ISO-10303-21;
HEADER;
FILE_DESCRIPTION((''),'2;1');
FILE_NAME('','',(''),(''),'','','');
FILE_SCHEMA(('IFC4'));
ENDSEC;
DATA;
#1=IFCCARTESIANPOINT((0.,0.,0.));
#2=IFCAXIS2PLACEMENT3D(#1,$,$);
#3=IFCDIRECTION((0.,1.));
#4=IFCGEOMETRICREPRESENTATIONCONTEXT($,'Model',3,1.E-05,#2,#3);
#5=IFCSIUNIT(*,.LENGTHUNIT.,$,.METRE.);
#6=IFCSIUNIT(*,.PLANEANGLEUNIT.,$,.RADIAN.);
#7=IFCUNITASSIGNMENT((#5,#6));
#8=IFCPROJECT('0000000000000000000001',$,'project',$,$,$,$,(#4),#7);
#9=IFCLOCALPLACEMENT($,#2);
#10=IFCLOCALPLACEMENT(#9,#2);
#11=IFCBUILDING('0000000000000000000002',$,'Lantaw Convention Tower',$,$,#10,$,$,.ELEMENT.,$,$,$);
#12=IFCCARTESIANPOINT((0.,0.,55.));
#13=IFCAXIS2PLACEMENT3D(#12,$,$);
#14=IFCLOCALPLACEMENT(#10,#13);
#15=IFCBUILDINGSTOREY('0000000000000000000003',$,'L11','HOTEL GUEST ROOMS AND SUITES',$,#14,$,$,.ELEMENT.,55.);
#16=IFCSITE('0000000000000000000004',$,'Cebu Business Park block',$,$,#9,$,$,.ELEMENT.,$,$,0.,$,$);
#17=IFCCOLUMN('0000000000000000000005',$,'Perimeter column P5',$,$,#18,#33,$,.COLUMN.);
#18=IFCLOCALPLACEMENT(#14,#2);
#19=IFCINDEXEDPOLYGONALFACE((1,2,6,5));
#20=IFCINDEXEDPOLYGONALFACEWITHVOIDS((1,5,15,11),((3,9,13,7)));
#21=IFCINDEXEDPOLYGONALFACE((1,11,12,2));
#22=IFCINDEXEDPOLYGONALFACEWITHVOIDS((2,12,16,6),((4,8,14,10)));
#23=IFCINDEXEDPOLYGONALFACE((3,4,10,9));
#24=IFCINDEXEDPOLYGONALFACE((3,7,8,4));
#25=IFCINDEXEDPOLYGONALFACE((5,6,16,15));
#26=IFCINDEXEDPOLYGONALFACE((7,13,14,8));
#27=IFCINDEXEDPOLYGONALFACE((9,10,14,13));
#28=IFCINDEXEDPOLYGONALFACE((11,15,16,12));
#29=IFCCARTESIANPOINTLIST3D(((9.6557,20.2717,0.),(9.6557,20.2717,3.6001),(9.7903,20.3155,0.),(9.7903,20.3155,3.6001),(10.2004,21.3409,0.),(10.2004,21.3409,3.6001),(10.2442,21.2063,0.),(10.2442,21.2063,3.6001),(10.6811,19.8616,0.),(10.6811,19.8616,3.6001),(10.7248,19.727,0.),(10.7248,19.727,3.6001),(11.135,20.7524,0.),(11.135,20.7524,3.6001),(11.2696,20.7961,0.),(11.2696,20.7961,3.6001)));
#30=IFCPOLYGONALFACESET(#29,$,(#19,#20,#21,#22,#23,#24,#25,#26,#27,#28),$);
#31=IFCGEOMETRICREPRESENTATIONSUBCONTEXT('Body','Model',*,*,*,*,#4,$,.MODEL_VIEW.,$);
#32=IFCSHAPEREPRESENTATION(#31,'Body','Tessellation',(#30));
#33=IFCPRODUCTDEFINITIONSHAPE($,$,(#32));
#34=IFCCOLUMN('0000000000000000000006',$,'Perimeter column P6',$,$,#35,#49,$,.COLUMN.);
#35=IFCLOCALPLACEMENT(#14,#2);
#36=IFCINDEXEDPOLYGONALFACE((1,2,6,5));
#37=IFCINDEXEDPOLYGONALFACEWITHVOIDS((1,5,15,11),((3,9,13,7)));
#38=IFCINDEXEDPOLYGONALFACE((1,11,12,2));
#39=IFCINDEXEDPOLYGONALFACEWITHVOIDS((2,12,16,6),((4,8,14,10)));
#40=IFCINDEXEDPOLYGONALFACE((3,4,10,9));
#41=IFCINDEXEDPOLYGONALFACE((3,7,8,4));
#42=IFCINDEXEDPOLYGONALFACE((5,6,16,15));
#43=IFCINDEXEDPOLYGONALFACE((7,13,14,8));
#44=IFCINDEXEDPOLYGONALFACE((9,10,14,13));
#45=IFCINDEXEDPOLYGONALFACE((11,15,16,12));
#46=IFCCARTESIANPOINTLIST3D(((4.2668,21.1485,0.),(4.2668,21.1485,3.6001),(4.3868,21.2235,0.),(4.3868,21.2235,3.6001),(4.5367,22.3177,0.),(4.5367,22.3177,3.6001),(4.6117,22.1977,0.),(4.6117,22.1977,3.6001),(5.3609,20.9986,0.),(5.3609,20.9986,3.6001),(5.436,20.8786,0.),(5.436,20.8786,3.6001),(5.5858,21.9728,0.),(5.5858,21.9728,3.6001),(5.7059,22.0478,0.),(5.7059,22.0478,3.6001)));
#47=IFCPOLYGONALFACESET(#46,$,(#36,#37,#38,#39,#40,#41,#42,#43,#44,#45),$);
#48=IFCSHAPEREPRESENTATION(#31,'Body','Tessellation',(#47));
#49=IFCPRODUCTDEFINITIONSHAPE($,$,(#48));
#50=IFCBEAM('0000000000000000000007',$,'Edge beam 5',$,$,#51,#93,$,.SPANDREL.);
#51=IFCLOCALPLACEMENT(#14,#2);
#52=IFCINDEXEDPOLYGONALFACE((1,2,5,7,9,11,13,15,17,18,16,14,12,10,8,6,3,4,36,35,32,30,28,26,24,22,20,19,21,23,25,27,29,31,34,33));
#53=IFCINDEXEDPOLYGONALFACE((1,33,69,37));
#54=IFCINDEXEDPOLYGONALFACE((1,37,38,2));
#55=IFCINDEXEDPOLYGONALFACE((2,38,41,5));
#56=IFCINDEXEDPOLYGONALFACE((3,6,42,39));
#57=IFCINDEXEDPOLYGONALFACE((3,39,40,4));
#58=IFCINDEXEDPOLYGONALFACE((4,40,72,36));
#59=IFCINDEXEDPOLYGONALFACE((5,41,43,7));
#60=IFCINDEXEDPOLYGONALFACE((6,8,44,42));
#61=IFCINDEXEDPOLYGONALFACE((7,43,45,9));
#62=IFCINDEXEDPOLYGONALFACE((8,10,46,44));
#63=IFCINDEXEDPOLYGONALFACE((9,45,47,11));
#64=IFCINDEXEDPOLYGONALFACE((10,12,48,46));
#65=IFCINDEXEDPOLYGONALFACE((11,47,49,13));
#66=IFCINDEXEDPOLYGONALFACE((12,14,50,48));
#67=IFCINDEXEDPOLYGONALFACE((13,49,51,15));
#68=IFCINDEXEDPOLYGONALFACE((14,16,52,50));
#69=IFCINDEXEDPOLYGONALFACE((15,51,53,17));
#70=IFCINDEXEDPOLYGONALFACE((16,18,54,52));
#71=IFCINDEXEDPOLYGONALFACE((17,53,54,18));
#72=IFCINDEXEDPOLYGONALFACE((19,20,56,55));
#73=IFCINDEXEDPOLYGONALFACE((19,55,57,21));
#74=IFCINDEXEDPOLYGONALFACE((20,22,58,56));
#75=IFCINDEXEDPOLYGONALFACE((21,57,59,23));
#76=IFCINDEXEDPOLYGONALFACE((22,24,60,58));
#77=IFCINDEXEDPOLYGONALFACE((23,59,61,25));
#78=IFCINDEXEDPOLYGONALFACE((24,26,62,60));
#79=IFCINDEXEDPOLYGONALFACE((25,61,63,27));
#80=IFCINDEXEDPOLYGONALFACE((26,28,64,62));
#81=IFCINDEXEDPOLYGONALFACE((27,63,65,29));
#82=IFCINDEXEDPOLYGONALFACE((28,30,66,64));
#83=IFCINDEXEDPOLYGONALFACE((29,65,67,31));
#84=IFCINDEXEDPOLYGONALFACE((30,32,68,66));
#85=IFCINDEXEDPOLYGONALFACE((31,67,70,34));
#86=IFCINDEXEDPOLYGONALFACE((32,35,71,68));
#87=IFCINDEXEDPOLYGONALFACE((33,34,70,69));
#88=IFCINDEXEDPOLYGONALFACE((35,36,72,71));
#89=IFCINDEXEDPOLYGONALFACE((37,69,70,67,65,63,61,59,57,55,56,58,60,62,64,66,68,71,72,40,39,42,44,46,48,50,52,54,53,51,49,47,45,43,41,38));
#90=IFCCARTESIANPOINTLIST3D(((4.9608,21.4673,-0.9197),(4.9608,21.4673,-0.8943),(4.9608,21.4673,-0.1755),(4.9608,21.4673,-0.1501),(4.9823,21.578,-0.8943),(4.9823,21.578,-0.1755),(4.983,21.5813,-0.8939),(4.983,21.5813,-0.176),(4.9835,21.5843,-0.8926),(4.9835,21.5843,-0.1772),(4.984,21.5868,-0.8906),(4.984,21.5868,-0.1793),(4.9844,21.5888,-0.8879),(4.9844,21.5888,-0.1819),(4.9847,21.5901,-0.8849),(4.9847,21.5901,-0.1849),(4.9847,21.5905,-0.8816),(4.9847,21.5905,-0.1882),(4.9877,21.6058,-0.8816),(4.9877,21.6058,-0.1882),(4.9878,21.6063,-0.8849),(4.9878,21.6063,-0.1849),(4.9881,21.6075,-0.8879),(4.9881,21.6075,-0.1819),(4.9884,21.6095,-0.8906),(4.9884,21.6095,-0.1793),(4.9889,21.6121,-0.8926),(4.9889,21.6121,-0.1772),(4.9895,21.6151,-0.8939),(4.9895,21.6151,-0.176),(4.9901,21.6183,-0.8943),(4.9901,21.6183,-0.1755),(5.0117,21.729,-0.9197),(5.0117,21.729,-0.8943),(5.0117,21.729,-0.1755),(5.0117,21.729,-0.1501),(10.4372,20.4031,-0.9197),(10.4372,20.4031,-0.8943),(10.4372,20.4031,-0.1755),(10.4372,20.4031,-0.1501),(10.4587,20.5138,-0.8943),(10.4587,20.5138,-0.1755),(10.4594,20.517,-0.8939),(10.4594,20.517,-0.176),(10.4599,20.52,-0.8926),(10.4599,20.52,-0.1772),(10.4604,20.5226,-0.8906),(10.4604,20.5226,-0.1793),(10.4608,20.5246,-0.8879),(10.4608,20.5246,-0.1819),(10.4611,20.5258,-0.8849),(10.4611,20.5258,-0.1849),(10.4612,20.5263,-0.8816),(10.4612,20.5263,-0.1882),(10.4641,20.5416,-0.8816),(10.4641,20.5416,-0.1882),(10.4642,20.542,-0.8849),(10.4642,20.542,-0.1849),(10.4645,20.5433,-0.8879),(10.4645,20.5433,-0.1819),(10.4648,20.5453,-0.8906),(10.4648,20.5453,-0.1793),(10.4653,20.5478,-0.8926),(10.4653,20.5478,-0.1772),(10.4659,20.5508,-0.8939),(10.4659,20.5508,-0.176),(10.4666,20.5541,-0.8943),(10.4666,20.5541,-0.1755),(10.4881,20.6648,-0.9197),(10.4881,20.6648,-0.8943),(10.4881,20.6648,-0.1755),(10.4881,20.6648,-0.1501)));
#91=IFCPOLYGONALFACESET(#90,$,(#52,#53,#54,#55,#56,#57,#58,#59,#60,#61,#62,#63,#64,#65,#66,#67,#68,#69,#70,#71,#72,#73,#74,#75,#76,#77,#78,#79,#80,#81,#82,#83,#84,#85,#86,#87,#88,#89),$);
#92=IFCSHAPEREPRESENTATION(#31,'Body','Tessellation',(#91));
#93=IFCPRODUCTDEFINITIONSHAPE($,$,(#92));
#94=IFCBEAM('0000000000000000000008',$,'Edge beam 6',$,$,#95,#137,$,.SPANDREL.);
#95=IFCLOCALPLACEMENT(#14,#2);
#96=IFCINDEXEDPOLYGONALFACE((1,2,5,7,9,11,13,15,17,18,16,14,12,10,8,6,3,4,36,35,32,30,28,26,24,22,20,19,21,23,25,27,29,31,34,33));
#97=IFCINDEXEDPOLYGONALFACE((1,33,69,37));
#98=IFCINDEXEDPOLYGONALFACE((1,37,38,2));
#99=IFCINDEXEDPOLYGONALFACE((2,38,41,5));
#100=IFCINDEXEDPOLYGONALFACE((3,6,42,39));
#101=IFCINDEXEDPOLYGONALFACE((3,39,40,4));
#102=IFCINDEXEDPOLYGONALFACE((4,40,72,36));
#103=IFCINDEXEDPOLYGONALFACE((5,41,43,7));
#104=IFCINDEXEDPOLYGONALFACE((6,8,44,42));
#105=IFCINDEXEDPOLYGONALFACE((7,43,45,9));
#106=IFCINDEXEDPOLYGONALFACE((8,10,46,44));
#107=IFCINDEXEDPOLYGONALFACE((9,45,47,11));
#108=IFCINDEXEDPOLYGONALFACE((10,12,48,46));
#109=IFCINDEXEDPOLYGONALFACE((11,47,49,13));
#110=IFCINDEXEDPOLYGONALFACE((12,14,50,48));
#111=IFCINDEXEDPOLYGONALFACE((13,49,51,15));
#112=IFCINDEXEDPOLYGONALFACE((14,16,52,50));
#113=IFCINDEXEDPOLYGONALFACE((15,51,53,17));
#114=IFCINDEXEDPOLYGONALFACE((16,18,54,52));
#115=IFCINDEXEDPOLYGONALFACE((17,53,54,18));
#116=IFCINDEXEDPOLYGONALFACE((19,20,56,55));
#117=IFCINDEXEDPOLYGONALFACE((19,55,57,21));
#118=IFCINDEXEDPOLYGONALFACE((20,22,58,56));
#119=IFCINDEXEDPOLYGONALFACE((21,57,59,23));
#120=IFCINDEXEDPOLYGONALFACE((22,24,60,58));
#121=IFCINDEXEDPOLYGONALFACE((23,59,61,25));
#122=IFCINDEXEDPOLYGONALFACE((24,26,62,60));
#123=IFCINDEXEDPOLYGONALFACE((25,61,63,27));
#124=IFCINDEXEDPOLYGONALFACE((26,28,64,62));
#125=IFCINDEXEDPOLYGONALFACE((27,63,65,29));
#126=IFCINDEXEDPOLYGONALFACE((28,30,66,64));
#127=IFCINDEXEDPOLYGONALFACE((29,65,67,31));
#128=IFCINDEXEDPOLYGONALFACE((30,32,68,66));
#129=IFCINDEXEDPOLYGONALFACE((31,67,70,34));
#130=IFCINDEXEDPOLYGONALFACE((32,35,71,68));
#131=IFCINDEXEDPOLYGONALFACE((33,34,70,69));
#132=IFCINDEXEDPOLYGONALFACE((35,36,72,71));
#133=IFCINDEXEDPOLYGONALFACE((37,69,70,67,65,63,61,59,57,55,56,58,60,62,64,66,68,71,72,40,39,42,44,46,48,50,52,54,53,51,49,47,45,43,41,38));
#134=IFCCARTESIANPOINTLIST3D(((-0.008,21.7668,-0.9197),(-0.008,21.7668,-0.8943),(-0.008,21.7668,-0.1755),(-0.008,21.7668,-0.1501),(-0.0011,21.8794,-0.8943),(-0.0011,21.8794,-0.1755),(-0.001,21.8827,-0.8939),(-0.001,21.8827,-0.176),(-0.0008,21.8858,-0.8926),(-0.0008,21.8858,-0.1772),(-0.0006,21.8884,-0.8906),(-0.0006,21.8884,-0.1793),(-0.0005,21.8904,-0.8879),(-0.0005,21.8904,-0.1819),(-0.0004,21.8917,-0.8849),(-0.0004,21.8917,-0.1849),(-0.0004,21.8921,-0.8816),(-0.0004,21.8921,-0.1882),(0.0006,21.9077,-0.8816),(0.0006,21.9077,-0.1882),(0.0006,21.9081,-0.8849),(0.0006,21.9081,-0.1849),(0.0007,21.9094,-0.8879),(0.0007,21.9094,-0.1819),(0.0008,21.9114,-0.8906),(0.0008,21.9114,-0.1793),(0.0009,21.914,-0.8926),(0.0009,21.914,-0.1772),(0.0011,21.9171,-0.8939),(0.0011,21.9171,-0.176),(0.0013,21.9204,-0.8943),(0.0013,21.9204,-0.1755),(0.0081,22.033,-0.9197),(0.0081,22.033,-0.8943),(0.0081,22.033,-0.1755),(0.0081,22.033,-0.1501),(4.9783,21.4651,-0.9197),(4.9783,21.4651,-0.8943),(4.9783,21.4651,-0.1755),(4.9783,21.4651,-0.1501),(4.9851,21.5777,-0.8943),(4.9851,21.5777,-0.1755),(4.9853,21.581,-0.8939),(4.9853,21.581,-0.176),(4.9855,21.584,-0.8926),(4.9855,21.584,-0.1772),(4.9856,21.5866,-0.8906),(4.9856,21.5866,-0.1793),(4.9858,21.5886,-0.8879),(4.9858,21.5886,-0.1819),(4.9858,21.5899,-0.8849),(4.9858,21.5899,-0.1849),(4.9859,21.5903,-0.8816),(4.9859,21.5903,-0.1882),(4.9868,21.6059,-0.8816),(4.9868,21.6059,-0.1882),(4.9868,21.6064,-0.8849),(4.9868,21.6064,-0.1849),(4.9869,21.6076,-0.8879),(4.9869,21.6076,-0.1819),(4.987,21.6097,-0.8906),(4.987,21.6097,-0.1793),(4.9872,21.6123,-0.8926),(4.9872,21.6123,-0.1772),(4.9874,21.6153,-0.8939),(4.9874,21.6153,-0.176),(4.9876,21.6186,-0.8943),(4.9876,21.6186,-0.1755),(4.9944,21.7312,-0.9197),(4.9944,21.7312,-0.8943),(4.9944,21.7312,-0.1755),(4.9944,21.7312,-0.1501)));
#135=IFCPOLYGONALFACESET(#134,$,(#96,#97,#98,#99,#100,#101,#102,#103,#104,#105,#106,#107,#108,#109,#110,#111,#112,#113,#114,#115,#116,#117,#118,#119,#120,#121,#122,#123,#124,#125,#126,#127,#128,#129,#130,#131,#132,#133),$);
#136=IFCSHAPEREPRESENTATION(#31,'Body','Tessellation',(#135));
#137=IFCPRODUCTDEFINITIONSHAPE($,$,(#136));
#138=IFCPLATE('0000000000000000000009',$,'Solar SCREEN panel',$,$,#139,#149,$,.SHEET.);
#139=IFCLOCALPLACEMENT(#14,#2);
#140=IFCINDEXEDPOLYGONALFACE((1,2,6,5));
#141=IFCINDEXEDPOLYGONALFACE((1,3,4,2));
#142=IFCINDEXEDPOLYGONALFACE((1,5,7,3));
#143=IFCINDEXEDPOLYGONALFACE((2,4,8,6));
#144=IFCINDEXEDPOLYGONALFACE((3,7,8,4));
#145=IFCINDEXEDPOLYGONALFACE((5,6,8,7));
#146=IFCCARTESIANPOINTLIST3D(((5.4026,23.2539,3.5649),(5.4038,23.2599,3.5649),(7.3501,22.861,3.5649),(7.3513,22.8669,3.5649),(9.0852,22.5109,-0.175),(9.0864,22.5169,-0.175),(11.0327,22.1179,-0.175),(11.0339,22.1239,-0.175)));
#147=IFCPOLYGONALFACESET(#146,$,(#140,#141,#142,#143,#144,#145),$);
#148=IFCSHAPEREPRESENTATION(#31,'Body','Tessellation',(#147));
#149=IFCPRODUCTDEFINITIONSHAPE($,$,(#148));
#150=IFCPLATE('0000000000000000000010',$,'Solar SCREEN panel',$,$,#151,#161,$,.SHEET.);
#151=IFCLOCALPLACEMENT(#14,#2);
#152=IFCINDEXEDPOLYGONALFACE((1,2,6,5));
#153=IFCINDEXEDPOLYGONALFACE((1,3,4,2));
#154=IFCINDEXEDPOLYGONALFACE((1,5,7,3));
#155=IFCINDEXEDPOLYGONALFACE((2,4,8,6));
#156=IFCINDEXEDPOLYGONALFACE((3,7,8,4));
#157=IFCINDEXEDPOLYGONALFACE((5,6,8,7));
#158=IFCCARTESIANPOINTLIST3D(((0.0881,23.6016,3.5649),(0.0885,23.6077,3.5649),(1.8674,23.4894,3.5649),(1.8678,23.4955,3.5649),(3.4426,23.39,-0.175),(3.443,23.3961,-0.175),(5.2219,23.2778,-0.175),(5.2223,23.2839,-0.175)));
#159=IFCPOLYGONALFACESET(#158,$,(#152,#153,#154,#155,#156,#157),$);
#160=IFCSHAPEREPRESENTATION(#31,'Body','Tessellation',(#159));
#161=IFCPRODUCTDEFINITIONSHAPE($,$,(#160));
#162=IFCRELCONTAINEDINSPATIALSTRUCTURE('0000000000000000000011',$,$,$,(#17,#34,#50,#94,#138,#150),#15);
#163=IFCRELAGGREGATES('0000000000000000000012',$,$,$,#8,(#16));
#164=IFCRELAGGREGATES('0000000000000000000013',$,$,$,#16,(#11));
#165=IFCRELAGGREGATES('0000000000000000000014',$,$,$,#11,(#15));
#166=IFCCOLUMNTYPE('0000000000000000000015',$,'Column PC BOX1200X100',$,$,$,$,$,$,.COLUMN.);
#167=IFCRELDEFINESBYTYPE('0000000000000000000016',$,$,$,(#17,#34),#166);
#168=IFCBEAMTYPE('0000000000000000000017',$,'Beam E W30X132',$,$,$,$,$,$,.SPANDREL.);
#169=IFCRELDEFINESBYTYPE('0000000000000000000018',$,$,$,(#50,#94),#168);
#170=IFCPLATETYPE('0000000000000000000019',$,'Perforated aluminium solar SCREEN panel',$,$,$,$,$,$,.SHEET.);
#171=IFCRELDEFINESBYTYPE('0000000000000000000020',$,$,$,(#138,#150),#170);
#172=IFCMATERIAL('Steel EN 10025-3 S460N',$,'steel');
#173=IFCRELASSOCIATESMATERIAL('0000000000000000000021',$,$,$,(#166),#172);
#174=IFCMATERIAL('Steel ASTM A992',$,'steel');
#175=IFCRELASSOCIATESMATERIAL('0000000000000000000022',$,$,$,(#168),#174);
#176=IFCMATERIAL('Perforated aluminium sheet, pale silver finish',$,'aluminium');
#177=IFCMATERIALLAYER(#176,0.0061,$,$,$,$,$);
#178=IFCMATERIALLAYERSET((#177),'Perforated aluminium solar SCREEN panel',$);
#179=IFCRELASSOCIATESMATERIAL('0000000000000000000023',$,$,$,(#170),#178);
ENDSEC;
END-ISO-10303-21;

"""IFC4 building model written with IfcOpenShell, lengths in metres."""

from ifc_helpers import new_model, si_unit, direction, frame, origin, origin_2d, place, context, subcontext, project, spatial, polyline, rectangle, hollow_rectangle, i_section, outline, extrude, material, layer, layer_set, material_profile, profile_set, type_object, element, save


model = new_model("IFC4")

# Units and contexts
model_context = context("Model", 3, precision=1e-05, world=origin(), true_north=direction((0.0, 1.0)))
body_context = subcontext(model_context, "Body", "Model", "MODEL_VIEW")
ifc_project = project(units=[si_unit("LENGTHUNIT", "METRE"), si_unit("PLANEANGLEUNIT", "RADIAN")], contexts=[model_context])

# Site, building, storey
site_placement = place(None, origin())
site = spatial("IfcSite", under=ifc_project, at=site_placement, Name="Cebu Business Park block", CompositionType="ELEMENT", RefElevation=0.0)
building_placement = place(site_placement, origin())
building = spatial("IfcBuilding", under=site, at=building_placement, Name="Lantaw Convention Tower", CompositionType="ELEMENT")
storey_placement = place(building_placement, frame((0.0, 0.0, 55.0)))
storey = spatial("IfcBuildingStorey", under=building, at=storey_placement, Name="L11", Description="HOTEL GUEST ROOMS AND SUITES", CompositionType="ELEMENT", Elevation=55.0)

# Columns
ifc_material_1 = material(Name="Steel EN 10025-3 S460N", Category="steel")
ifc_material_profile_1 = material_profile(ifc_material_1, hollow_rectangle(XDim=1.2, YDim=1.2, WallThickness=0.1001, at=origin_2d()), Name="BOX1200X100")
ifc_material_2 = material(Name="Concrete C60/75", Category="concrete")
ifc_material_profile_2 = material_profile(ifc_material_2, rectangle(XDim=1.0, YDim=1.0, at=origin_2d()), Name="Concrete fill of BOX1200X100")
ifc_profile_set_1 = profile_set([ifc_material_profile_1, ifc_material_profile_2], Name="Steel EN 10025-3 S460N")
column_type = type_object("IfcColumnType", Name="Column PC BOX1200X100", PredefinedType="COLUMN", material=ifc_profile_set_1)
for number, where, z_axis, x_axis, name in (
    (1, (10.4626, 20.5339, 0.0), (0.0, 0.0, 1.0), (0.45399, 0.891007, 0.0), "Perimeter column P5"),
    (2, (4.9863, 21.5981, 0.0), (0.0, 0.0, 1.0), (0.224951, 0.97437, 0.0), "Perimeter column P6"),
):
    element("IfcColumn", number, at=place(storey_placement, frame(where, z_axis=z_axis, x_axis=x_axis)), inside=storey, type_object=column_type, Name=name, PredefinedType="COLUMN", context=body_context, shape_type="SweptSolid", body=[
        extrude(hollow_rectangle(XDim=1.2, YDim=1.2, WallThickness=0.1001, at=origin_2d()), origin(), (0.0, 0.0, 1.0), 3.6001),
    ])

# Beams
ifc_material_3 = material(Name="Steel ASTM A992", Category="steel")
ifc_material_profile_3 = material_profile(ifc_material_3, i_section(OverallWidth=0.2666, OverallDepth=0.7695, WebThickness=0.0156, FlangeThickness=0.0254, FilletRadius=0.0127, at=origin_2d()), Name="W30X132")
ifc_profile_set_2 = profile_set([ifc_material_profile_3], Name="Steel ASTM A992")
beam_type = type_object("IfcBeamType", Name="Beam E W30X132", PredefinedType="SPANDREL", material=ifc_profile_set_2)
beam_1_placement = place(storey_placement, frame((10.4626, 20.5339, -0.5349), z_axis=(-0.981637, 0.190761, 0.0), x_axis=(-0.190761, -0.981637, 0.0)))
element("IfcBeam", 3, at=beam_1_placement, inside=storey, type_object=beam_type, Name="Edge beam 5", PredefinedType="SPANDREL", context=body_context, shape_type="SweptSolid", body=[
    extrude(i_section(OverallWidth=0.2666, OverallDepth=0.7695, WebThickness=0.0156, FlangeThickness=0.0254, FilletRadius=0.0127, at=origin_2d()), origin(), (0.0, 0.0, 1.0), 5.5789),
])
beam_2_placement = place(storey_placement, frame((4.9863, 21.5981, -0.5349), z_axis=(-0.998174, 0.060407, 0.0), x_axis=(-0.060407, -0.998174, 0.0)))
element("IfcBeam", 4, at=beam_2_placement, inside=storey, type_object=beam_type, Name="Edge beam 6", PredefinedType="SPANDREL", context=body_context, shape_type="SweptSolid", body=[
    extrude(i_section(OverallWidth=0.2666, OverallDepth=0.7695, WebThickness=0.0156, FlangeThickness=0.0254, FilletRadius=0.0127, at=origin_2d()), origin(), (0.0, 0.0, 1.0), 4.9954),
])

# Plates
ifc_material_4 = material(Name="Perforated aluminium sheet, pale silver finish", Category="aluminium")
ifc_layer_1 = layer(ifc_material_4, 0.0061)
ifc_layer_set_1 = layer_set([ifc_layer_1], Name="Perforated aluminium solar SCREEN panel")
plate_type = type_object("IfcPlateType", Name="Perforated aluminium solar SCREEN panel", PredefinedType="SHEET", material=ifc_layer_set_1)
plate_1_placement = place(storey_placement, frame((11.0327, 22.1179, -0.175), z_axis=(-0.197782, -0.980246, 0.000002), x_axis=(-0.980246, 0.197782, 0.0)))
element("IfcPlate", 5, at=plate_1_placement, inside=storey, type_object=plate_type, Name="Solar SCREEN panel", PredefinedType="SHEET", context=body_context, shape_type="SweptSolid", body=[
    extrude(outline(polyline([(0.0, 0.0), (1.9868, 0.0), (5.7436, -3.74), (3.7569, -3.74), (0.0, 0.0)])), origin(), (0.0, 0.0, -1.0), 0.0061),
])
plate_2_placement = place(storey_placement, frame((5.2219, 23.2778, -0.175), z_axis=(-0.062924, -0.998018, 0.000014), x_axis=(-0.998018, 0.062924, 0.0)))
element("IfcPlate", 6, at=plate_2_placement, inside=storey, type_object=plate_type, Name="Solar SCREEN panel", PredefinedType="SHEET", context=body_context, shape_type="SweptSolid", body=[
    extrude(outline(polyline([(0.0, 0.0), (1.7828, 0.0), (5.144, -3.74), (3.3612, -3.74), (0.0, 0.0)])), origin(), (0.0, 0.0, -1.0), 0.0061),
])

save(model, "model.ifc")
